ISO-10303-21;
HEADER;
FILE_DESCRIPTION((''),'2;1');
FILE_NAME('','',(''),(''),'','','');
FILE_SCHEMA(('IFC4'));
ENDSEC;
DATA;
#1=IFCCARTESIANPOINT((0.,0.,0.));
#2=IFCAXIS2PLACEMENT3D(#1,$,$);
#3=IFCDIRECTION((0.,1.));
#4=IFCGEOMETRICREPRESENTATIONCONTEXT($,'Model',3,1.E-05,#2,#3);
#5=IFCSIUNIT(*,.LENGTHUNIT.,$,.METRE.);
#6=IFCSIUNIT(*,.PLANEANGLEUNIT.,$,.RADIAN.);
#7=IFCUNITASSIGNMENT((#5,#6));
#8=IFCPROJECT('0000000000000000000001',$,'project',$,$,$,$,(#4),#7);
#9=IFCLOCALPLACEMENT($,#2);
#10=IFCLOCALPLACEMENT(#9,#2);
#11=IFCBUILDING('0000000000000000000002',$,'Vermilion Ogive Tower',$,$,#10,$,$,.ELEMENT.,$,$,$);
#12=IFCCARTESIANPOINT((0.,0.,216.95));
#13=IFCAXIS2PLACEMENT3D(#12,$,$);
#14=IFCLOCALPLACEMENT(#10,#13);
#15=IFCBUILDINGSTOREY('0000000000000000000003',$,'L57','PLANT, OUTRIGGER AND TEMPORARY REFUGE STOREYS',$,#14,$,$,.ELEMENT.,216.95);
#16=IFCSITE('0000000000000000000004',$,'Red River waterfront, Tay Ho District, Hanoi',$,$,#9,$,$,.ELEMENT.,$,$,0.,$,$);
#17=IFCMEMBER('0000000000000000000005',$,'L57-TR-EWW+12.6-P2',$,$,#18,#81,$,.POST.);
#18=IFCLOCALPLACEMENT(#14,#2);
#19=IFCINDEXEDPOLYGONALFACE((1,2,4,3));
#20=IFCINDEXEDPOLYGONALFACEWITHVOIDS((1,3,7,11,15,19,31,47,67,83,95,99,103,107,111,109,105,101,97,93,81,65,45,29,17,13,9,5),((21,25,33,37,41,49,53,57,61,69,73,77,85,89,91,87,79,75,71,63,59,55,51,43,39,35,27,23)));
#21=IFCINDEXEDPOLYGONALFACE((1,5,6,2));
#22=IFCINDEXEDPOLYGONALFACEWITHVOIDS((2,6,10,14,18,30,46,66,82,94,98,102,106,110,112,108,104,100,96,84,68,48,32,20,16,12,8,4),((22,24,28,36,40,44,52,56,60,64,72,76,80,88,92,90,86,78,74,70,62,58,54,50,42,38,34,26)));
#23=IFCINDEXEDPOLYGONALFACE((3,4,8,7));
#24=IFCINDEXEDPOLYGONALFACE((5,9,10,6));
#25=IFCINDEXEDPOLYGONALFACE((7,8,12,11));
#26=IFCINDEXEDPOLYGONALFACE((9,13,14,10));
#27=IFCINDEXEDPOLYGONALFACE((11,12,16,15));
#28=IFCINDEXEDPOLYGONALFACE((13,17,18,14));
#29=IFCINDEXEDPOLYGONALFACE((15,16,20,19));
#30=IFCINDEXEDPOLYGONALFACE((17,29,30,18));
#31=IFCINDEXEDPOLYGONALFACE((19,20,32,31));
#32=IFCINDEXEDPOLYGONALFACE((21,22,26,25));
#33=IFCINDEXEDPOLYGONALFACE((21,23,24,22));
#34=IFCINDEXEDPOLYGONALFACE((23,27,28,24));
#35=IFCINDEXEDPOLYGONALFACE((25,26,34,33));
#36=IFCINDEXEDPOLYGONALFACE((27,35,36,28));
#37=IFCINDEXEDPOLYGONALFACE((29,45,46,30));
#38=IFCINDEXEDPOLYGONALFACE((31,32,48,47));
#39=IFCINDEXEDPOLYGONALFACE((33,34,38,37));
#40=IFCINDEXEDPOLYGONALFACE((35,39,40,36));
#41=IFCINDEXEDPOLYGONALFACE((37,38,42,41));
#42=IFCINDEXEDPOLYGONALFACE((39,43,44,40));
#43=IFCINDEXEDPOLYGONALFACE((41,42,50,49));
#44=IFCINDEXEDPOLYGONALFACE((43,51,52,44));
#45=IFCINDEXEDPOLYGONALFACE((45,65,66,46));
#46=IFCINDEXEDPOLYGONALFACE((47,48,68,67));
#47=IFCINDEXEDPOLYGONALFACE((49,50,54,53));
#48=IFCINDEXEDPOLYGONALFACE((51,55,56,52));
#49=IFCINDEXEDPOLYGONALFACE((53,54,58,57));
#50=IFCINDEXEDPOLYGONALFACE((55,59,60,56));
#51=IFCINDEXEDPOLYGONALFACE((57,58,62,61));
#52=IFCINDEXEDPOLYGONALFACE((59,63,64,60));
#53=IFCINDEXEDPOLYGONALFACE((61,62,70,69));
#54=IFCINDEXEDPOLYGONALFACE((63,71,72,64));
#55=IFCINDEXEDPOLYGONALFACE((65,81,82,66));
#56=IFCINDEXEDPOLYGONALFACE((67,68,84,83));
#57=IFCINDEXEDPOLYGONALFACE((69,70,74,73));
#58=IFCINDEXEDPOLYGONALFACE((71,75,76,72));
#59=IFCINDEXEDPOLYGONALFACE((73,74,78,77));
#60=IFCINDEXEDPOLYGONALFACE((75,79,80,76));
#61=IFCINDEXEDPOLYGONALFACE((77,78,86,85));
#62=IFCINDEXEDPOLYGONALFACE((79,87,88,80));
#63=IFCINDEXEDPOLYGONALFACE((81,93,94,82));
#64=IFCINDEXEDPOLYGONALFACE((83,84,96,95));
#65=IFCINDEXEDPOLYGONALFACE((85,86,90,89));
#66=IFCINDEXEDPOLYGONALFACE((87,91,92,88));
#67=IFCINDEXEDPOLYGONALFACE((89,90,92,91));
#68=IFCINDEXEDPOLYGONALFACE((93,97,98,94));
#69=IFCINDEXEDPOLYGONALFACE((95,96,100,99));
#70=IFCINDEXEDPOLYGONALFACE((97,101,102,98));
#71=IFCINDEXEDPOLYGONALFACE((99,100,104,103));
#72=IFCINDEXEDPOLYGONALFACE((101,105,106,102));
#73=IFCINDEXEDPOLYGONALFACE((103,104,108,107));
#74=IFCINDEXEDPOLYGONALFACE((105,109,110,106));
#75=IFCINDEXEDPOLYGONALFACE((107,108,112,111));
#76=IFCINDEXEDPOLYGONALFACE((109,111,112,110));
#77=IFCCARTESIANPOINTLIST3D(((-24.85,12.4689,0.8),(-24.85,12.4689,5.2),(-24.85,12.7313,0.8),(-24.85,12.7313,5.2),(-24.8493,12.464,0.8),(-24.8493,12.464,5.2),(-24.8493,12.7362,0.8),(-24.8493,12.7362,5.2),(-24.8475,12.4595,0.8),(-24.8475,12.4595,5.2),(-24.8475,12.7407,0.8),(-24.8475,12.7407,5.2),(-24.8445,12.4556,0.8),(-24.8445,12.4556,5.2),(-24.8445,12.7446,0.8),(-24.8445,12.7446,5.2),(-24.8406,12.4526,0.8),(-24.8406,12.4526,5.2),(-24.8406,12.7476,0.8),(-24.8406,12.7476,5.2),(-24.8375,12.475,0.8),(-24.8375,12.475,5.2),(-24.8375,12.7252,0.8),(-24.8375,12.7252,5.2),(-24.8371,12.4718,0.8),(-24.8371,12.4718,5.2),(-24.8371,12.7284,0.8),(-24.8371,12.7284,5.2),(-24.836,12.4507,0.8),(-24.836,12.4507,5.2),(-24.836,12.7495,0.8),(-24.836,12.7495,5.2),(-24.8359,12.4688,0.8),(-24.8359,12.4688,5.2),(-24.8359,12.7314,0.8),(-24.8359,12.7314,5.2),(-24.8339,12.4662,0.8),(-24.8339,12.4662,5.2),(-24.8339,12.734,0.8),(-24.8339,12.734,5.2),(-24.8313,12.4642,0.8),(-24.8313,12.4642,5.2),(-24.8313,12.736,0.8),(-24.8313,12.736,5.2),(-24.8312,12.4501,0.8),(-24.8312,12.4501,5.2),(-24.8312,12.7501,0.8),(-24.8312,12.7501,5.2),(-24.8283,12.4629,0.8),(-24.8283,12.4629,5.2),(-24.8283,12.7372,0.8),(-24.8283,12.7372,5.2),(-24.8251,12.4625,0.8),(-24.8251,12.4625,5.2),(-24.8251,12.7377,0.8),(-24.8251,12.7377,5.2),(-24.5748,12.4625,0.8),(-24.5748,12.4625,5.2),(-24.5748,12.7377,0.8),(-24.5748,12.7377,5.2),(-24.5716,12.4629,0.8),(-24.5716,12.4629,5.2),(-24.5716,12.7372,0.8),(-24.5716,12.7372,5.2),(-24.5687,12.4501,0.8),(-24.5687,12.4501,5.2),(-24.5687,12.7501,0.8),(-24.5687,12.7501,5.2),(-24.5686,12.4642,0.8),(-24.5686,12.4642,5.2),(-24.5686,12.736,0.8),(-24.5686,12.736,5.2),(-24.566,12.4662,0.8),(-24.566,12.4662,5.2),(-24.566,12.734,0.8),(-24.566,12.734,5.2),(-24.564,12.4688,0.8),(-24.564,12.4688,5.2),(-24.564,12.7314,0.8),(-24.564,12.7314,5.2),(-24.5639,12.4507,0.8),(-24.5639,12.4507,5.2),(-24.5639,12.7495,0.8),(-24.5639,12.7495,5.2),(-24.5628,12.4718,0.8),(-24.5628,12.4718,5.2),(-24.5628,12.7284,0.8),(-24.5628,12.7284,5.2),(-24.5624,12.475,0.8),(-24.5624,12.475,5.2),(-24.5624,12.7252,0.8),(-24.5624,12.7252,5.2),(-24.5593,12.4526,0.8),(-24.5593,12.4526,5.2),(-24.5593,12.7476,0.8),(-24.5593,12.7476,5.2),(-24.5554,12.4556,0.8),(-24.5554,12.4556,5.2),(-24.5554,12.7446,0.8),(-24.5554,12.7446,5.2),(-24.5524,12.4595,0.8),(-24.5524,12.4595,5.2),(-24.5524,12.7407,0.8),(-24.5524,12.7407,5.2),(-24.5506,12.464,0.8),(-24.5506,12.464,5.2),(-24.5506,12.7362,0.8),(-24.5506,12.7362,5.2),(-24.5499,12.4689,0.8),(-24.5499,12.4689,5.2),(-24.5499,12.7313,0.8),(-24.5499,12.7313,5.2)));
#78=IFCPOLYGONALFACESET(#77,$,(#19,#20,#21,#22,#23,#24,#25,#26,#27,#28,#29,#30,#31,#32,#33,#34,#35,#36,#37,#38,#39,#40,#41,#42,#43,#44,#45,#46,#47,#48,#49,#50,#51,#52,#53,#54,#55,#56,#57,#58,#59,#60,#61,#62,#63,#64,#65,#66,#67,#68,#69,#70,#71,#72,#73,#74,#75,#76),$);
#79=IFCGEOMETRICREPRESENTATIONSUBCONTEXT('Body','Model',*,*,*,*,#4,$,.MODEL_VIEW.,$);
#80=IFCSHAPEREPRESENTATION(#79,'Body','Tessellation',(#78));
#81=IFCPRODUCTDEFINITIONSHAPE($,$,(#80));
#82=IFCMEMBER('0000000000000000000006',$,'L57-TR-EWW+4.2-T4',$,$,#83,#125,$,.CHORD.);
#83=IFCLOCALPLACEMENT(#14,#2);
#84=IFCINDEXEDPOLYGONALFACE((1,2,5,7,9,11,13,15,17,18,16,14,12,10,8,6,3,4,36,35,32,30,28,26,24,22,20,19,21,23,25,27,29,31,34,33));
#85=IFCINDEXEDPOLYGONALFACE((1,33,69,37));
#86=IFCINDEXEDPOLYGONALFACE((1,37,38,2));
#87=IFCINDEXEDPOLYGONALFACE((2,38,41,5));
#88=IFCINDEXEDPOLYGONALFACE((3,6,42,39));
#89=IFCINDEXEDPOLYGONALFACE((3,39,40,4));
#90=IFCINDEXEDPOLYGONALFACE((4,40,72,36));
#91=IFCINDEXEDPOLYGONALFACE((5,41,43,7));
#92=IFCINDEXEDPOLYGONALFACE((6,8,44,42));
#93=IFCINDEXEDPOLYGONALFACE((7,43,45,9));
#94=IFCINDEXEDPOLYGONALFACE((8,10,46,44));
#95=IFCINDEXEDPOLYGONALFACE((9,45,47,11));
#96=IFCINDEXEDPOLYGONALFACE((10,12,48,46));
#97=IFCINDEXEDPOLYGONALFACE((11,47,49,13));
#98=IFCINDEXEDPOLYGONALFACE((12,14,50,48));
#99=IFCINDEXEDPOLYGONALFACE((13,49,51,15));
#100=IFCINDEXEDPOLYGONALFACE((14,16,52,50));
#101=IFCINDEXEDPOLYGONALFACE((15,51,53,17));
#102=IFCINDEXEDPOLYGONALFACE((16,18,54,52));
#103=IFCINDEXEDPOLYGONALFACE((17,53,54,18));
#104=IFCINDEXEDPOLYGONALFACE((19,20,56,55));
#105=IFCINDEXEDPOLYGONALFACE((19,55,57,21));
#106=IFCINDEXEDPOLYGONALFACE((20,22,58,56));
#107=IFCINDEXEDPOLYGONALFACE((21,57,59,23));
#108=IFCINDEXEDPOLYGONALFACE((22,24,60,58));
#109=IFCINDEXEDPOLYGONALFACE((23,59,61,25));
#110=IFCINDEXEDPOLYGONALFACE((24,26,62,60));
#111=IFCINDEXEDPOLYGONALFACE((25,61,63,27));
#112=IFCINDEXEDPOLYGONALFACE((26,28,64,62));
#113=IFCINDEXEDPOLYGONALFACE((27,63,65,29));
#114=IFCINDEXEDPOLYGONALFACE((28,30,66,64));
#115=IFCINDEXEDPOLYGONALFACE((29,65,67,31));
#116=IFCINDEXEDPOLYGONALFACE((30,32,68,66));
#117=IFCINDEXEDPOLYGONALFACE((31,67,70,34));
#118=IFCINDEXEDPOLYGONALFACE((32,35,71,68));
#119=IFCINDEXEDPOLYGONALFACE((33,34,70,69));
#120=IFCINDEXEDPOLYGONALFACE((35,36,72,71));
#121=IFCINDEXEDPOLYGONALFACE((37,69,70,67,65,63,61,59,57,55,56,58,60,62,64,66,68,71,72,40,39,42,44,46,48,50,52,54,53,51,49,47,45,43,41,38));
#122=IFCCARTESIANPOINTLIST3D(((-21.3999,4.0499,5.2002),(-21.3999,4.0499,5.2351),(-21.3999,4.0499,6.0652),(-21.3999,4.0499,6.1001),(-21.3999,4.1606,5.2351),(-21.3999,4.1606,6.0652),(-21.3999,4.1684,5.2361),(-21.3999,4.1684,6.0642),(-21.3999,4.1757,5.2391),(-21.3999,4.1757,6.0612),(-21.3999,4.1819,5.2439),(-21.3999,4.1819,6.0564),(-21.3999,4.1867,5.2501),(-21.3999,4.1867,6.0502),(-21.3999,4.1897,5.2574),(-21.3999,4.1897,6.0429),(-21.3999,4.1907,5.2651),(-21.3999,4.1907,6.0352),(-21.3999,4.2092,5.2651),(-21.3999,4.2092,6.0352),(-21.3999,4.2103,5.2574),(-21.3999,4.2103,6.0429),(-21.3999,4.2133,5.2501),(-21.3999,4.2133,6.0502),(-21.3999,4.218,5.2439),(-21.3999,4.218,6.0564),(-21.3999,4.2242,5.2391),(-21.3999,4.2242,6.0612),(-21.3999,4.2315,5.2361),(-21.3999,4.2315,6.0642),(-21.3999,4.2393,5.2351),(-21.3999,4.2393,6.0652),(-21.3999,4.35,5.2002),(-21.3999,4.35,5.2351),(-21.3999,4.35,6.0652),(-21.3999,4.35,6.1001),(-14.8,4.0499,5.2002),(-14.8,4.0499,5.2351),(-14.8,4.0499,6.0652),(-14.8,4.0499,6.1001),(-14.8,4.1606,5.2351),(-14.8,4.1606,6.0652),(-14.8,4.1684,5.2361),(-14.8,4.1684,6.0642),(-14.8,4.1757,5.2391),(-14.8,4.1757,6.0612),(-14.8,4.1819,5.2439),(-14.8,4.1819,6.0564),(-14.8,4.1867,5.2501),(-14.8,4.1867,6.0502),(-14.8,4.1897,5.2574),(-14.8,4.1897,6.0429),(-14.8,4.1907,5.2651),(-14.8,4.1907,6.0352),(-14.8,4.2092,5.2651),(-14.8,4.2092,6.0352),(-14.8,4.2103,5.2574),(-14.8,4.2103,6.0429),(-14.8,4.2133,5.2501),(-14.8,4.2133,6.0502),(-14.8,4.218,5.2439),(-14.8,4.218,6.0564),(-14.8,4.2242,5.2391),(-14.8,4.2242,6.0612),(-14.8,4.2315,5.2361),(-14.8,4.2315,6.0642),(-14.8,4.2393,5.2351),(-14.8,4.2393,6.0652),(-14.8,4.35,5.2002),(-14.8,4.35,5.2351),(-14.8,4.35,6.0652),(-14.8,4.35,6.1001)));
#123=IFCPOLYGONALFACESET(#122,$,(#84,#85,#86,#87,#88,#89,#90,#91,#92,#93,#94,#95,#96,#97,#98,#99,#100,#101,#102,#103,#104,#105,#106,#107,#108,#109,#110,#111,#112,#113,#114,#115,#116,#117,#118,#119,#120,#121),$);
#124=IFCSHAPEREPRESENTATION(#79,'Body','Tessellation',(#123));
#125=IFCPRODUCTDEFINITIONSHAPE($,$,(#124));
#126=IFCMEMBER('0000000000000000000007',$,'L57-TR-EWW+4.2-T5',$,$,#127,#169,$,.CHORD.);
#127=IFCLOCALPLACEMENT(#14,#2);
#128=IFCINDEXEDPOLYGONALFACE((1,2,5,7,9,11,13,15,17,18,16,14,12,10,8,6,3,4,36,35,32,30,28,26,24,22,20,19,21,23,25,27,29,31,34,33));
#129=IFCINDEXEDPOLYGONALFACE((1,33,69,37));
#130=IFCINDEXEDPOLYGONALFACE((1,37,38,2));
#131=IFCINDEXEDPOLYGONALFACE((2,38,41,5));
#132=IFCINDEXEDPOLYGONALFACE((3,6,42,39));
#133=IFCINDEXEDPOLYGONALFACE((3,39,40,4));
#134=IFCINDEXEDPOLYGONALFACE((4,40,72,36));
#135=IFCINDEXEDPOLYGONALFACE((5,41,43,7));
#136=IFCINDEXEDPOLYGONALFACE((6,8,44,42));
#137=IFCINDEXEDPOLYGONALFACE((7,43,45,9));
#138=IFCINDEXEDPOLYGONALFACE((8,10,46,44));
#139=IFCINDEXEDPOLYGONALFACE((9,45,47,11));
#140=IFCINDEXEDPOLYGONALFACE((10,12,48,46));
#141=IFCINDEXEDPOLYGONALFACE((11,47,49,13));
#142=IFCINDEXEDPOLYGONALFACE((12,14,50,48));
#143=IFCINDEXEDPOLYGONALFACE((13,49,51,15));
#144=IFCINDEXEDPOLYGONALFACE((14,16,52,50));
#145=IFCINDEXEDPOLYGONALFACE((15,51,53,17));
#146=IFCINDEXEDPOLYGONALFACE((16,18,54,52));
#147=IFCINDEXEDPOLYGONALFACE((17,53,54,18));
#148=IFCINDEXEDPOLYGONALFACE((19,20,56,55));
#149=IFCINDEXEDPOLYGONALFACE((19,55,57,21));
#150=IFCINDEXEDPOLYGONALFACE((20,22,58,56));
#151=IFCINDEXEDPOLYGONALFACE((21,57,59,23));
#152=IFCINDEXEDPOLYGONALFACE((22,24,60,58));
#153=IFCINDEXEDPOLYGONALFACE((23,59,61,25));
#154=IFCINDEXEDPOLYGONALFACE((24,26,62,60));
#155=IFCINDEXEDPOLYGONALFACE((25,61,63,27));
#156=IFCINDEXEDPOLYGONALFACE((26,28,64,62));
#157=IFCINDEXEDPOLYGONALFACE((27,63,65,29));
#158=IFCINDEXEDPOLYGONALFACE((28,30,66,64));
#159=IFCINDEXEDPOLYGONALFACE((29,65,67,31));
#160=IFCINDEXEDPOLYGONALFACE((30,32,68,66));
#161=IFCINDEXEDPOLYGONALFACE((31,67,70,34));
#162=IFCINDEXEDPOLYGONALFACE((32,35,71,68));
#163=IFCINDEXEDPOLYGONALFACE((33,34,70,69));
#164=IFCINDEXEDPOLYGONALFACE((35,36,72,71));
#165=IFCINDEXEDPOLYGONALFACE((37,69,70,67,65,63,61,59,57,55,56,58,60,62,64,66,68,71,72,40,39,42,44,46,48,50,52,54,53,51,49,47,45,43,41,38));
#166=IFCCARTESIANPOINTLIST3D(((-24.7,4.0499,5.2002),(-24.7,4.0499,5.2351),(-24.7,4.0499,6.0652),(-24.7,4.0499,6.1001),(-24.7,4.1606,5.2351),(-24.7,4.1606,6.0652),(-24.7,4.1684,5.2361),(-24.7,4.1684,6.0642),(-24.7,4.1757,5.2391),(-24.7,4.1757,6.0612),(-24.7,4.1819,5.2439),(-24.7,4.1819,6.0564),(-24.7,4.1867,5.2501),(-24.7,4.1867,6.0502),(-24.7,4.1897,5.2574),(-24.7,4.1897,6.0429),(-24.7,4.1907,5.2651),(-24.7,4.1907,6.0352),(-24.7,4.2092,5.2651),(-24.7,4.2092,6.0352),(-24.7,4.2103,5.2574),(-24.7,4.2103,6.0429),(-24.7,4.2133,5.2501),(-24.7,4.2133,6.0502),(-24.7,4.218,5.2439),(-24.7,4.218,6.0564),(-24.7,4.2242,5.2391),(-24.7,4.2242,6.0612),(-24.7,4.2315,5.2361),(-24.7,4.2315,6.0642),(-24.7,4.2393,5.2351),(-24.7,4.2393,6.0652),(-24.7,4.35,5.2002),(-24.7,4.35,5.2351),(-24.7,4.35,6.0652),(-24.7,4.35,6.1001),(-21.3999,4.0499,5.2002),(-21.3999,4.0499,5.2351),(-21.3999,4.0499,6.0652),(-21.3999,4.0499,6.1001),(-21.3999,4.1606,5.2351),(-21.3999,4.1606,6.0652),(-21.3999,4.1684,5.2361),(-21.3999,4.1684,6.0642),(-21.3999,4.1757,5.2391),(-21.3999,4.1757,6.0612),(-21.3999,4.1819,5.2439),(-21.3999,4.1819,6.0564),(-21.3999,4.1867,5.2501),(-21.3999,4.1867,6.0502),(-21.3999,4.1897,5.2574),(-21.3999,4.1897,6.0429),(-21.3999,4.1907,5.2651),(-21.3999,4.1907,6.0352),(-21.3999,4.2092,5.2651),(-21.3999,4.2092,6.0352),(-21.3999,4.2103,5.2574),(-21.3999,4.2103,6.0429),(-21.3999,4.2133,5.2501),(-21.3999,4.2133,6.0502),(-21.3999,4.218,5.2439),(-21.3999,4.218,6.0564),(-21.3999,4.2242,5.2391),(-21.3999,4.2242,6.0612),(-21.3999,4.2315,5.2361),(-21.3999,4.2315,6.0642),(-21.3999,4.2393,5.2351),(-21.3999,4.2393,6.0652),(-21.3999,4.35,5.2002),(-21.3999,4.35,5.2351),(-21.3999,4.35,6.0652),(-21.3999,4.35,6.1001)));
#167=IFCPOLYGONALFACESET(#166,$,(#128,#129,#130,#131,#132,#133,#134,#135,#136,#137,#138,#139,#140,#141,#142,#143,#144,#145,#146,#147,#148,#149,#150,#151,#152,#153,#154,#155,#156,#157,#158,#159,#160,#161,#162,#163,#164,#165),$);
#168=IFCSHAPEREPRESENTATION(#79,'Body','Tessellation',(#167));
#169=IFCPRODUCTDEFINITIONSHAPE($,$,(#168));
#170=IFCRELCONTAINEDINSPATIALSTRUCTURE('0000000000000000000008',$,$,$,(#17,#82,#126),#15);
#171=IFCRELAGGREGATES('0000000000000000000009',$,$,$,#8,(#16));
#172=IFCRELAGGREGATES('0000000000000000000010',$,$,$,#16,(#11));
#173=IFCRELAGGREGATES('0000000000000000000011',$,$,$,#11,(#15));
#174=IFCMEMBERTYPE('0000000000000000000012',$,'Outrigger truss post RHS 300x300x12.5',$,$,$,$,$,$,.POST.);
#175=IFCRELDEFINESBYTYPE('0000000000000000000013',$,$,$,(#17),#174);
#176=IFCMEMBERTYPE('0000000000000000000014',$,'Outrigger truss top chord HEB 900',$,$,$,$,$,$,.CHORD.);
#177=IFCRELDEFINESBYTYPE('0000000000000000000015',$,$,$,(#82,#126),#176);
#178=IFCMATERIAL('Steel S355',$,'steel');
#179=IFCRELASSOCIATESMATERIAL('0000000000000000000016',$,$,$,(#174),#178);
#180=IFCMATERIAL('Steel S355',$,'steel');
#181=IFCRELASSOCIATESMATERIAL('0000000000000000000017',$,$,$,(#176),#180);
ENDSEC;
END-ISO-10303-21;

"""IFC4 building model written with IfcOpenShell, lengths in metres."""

from ifc_helpers import new_model, si_unit, direction, frame, origin, origin_2d, place, context, subcontext, project, spatial, hollow_rectangle, i_section, extrude, material, material_profile, profile_set, type_object, element, save


model = new_model("IFC4")

# Units and contexts
model_context = context("Model", 3, precision=1e-05, world=origin(), true_north=direction((0.0, 1.0)))
body_context = subcontext(model_context, "Body", "Model", "MODEL_VIEW")
ifc_project = project(units=[si_unit("LENGTHUNIT", "METRE"), si_unit("PLANEANGLEUNIT", "RADIAN")], contexts=[model_context])

# Site, building, storey
site_placement = place(None, origin())
site = spatial("IfcSite", under=ifc_project, at=site_placement, Name="Red River waterfront, Tay Ho District, Hanoi", CompositionType="ELEMENT", RefElevation=0.0)
building_placement = place(site_placement, origin())
building = spatial("IfcBuilding", under=site, at=building_placement, Name="Vermilion Ogive Tower", CompositionType="ELEMENT")
storey_placement = place(building_placement, frame((0.0, 0.0, 216.95)))
storey = spatial("IfcBuildingStorey", under=building, at=storey_placement, Name="L57", Description="PLANT, OUTRIGGER AND TEMPORARY REFUGE STOREYS", CompositionType="ELEMENT", Elevation=216.95)

# Members
ifc_material_1 = material(Name="Steel S355", Category="steel")
ifc_material_profile_1 = material_profile(ifc_material_1, hollow_rectangle(XDim=0.3, YDim=0.3, WallThickness=0.0125, InnerFilletRadius=0.0125, OuterFilletRadius=0.0188, at=origin_2d()), Name="RHS 300x300x12.5")
ifc_profile_set_1 = profile_set([ifc_material_profile_1], Name="Steel S355")
member_type_1 = type_object("IfcMemberType", Name="Outrigger truss post RHS 300x300x12.5", PredefinedType="POST", material=ifc_profile_set_1)
for number, where, z_axis, x_axis, name in (
    (1, (-24.7, 12.6001, 0.8), (0.0, 0.0, 1.0), (1.0, 0.0, 0.0), "L57-TR-EWW+12.6-P2"),
):
    element("IfcMember", number, at=place(storey_placement, frame(where, z_axis=z_axis, x_axis=x_axis)), inside=storey, type_object=member_type_1, Name=name, PredefinedType="POST", context=body_context, shape_type="SweptSolid", body=[
        extrude(hollow_rectangle(XDim=0.3, YDim=0.3, WallThickness=0.0125, InnerFilletRadius=0.0125, OuterFilletRadius=0.0188, at=origin_2d()), origin(), (0.0, 0.0, 1.0), 4.3999),
    ])
ifc_material_2 = material(Name="Steel S355", Category="steel")
ifc_material_profile_2 = material_profile(ifc_material_2, i_section(OverallWidth=0.3, OverallDepth=0.8999, WebThickness=0.0186, FlangeThickness=0.0349, FilletRadius=0.03, at=origin_2d()), Name="HEB 900")
ifc_profile_set_2 = profile_set([ifc_material_profile_2], Name="Steel S355")
member_type_2 = type_object("IfcMemberType", Name="Outrigger truss top chord HEB 900", PredefinedType="CHORD", material=ifc_profile_set_2)
member_1_placement = place(storey_placement, frame((-14.8, 4.2, 5.6501), z_axis=(-1.0, 0.0, 0.0), x_axis=(0.0, -1.0, 0.0)))
element("IfcMember", 2, at=member_1_placement, inside=storey, type_object=member_type_2, Name="L57-TR-EWW+4.2-T4", PredefinedType="CHORD", context=body_context, shape_type="SweptSolid", body=[
    extrude(i_section(OverallWidth=0.3, OverallDepth=0.8999, WebThickness=0.0186, FlangeThickness=0.0349, FilletRadius=0.03, at=origin_2d()), origin(), (0.0, 0.0, 1.0), 6.5999),
])
member_2_placement = place(storey_placement, frame((-21.3999, 4.2, 5.6501), z_axis=(-1.0, 0.0, 0.0), x_axis=(0.0, -1.0, 0.0)))
element("IfcMember", 3, at=member_2_placement, inside=storey, type_object=member_type_2, Name="L57-TR-EWW+4.2-T5", PredefinedType="CHORD", context=body_context, shape_type="SweptSolid", body=[
    extrude(i_section(OverallWidth=0.3, OverallDepth=0.8999, WebThickness=0.0186, FlangeThickness=0.0349, FilletRadius=0.03, at=origin_2d()), origin(), (0.0, 0.0, 1.0), 3.3),
])

save(model, "model.ifc")
